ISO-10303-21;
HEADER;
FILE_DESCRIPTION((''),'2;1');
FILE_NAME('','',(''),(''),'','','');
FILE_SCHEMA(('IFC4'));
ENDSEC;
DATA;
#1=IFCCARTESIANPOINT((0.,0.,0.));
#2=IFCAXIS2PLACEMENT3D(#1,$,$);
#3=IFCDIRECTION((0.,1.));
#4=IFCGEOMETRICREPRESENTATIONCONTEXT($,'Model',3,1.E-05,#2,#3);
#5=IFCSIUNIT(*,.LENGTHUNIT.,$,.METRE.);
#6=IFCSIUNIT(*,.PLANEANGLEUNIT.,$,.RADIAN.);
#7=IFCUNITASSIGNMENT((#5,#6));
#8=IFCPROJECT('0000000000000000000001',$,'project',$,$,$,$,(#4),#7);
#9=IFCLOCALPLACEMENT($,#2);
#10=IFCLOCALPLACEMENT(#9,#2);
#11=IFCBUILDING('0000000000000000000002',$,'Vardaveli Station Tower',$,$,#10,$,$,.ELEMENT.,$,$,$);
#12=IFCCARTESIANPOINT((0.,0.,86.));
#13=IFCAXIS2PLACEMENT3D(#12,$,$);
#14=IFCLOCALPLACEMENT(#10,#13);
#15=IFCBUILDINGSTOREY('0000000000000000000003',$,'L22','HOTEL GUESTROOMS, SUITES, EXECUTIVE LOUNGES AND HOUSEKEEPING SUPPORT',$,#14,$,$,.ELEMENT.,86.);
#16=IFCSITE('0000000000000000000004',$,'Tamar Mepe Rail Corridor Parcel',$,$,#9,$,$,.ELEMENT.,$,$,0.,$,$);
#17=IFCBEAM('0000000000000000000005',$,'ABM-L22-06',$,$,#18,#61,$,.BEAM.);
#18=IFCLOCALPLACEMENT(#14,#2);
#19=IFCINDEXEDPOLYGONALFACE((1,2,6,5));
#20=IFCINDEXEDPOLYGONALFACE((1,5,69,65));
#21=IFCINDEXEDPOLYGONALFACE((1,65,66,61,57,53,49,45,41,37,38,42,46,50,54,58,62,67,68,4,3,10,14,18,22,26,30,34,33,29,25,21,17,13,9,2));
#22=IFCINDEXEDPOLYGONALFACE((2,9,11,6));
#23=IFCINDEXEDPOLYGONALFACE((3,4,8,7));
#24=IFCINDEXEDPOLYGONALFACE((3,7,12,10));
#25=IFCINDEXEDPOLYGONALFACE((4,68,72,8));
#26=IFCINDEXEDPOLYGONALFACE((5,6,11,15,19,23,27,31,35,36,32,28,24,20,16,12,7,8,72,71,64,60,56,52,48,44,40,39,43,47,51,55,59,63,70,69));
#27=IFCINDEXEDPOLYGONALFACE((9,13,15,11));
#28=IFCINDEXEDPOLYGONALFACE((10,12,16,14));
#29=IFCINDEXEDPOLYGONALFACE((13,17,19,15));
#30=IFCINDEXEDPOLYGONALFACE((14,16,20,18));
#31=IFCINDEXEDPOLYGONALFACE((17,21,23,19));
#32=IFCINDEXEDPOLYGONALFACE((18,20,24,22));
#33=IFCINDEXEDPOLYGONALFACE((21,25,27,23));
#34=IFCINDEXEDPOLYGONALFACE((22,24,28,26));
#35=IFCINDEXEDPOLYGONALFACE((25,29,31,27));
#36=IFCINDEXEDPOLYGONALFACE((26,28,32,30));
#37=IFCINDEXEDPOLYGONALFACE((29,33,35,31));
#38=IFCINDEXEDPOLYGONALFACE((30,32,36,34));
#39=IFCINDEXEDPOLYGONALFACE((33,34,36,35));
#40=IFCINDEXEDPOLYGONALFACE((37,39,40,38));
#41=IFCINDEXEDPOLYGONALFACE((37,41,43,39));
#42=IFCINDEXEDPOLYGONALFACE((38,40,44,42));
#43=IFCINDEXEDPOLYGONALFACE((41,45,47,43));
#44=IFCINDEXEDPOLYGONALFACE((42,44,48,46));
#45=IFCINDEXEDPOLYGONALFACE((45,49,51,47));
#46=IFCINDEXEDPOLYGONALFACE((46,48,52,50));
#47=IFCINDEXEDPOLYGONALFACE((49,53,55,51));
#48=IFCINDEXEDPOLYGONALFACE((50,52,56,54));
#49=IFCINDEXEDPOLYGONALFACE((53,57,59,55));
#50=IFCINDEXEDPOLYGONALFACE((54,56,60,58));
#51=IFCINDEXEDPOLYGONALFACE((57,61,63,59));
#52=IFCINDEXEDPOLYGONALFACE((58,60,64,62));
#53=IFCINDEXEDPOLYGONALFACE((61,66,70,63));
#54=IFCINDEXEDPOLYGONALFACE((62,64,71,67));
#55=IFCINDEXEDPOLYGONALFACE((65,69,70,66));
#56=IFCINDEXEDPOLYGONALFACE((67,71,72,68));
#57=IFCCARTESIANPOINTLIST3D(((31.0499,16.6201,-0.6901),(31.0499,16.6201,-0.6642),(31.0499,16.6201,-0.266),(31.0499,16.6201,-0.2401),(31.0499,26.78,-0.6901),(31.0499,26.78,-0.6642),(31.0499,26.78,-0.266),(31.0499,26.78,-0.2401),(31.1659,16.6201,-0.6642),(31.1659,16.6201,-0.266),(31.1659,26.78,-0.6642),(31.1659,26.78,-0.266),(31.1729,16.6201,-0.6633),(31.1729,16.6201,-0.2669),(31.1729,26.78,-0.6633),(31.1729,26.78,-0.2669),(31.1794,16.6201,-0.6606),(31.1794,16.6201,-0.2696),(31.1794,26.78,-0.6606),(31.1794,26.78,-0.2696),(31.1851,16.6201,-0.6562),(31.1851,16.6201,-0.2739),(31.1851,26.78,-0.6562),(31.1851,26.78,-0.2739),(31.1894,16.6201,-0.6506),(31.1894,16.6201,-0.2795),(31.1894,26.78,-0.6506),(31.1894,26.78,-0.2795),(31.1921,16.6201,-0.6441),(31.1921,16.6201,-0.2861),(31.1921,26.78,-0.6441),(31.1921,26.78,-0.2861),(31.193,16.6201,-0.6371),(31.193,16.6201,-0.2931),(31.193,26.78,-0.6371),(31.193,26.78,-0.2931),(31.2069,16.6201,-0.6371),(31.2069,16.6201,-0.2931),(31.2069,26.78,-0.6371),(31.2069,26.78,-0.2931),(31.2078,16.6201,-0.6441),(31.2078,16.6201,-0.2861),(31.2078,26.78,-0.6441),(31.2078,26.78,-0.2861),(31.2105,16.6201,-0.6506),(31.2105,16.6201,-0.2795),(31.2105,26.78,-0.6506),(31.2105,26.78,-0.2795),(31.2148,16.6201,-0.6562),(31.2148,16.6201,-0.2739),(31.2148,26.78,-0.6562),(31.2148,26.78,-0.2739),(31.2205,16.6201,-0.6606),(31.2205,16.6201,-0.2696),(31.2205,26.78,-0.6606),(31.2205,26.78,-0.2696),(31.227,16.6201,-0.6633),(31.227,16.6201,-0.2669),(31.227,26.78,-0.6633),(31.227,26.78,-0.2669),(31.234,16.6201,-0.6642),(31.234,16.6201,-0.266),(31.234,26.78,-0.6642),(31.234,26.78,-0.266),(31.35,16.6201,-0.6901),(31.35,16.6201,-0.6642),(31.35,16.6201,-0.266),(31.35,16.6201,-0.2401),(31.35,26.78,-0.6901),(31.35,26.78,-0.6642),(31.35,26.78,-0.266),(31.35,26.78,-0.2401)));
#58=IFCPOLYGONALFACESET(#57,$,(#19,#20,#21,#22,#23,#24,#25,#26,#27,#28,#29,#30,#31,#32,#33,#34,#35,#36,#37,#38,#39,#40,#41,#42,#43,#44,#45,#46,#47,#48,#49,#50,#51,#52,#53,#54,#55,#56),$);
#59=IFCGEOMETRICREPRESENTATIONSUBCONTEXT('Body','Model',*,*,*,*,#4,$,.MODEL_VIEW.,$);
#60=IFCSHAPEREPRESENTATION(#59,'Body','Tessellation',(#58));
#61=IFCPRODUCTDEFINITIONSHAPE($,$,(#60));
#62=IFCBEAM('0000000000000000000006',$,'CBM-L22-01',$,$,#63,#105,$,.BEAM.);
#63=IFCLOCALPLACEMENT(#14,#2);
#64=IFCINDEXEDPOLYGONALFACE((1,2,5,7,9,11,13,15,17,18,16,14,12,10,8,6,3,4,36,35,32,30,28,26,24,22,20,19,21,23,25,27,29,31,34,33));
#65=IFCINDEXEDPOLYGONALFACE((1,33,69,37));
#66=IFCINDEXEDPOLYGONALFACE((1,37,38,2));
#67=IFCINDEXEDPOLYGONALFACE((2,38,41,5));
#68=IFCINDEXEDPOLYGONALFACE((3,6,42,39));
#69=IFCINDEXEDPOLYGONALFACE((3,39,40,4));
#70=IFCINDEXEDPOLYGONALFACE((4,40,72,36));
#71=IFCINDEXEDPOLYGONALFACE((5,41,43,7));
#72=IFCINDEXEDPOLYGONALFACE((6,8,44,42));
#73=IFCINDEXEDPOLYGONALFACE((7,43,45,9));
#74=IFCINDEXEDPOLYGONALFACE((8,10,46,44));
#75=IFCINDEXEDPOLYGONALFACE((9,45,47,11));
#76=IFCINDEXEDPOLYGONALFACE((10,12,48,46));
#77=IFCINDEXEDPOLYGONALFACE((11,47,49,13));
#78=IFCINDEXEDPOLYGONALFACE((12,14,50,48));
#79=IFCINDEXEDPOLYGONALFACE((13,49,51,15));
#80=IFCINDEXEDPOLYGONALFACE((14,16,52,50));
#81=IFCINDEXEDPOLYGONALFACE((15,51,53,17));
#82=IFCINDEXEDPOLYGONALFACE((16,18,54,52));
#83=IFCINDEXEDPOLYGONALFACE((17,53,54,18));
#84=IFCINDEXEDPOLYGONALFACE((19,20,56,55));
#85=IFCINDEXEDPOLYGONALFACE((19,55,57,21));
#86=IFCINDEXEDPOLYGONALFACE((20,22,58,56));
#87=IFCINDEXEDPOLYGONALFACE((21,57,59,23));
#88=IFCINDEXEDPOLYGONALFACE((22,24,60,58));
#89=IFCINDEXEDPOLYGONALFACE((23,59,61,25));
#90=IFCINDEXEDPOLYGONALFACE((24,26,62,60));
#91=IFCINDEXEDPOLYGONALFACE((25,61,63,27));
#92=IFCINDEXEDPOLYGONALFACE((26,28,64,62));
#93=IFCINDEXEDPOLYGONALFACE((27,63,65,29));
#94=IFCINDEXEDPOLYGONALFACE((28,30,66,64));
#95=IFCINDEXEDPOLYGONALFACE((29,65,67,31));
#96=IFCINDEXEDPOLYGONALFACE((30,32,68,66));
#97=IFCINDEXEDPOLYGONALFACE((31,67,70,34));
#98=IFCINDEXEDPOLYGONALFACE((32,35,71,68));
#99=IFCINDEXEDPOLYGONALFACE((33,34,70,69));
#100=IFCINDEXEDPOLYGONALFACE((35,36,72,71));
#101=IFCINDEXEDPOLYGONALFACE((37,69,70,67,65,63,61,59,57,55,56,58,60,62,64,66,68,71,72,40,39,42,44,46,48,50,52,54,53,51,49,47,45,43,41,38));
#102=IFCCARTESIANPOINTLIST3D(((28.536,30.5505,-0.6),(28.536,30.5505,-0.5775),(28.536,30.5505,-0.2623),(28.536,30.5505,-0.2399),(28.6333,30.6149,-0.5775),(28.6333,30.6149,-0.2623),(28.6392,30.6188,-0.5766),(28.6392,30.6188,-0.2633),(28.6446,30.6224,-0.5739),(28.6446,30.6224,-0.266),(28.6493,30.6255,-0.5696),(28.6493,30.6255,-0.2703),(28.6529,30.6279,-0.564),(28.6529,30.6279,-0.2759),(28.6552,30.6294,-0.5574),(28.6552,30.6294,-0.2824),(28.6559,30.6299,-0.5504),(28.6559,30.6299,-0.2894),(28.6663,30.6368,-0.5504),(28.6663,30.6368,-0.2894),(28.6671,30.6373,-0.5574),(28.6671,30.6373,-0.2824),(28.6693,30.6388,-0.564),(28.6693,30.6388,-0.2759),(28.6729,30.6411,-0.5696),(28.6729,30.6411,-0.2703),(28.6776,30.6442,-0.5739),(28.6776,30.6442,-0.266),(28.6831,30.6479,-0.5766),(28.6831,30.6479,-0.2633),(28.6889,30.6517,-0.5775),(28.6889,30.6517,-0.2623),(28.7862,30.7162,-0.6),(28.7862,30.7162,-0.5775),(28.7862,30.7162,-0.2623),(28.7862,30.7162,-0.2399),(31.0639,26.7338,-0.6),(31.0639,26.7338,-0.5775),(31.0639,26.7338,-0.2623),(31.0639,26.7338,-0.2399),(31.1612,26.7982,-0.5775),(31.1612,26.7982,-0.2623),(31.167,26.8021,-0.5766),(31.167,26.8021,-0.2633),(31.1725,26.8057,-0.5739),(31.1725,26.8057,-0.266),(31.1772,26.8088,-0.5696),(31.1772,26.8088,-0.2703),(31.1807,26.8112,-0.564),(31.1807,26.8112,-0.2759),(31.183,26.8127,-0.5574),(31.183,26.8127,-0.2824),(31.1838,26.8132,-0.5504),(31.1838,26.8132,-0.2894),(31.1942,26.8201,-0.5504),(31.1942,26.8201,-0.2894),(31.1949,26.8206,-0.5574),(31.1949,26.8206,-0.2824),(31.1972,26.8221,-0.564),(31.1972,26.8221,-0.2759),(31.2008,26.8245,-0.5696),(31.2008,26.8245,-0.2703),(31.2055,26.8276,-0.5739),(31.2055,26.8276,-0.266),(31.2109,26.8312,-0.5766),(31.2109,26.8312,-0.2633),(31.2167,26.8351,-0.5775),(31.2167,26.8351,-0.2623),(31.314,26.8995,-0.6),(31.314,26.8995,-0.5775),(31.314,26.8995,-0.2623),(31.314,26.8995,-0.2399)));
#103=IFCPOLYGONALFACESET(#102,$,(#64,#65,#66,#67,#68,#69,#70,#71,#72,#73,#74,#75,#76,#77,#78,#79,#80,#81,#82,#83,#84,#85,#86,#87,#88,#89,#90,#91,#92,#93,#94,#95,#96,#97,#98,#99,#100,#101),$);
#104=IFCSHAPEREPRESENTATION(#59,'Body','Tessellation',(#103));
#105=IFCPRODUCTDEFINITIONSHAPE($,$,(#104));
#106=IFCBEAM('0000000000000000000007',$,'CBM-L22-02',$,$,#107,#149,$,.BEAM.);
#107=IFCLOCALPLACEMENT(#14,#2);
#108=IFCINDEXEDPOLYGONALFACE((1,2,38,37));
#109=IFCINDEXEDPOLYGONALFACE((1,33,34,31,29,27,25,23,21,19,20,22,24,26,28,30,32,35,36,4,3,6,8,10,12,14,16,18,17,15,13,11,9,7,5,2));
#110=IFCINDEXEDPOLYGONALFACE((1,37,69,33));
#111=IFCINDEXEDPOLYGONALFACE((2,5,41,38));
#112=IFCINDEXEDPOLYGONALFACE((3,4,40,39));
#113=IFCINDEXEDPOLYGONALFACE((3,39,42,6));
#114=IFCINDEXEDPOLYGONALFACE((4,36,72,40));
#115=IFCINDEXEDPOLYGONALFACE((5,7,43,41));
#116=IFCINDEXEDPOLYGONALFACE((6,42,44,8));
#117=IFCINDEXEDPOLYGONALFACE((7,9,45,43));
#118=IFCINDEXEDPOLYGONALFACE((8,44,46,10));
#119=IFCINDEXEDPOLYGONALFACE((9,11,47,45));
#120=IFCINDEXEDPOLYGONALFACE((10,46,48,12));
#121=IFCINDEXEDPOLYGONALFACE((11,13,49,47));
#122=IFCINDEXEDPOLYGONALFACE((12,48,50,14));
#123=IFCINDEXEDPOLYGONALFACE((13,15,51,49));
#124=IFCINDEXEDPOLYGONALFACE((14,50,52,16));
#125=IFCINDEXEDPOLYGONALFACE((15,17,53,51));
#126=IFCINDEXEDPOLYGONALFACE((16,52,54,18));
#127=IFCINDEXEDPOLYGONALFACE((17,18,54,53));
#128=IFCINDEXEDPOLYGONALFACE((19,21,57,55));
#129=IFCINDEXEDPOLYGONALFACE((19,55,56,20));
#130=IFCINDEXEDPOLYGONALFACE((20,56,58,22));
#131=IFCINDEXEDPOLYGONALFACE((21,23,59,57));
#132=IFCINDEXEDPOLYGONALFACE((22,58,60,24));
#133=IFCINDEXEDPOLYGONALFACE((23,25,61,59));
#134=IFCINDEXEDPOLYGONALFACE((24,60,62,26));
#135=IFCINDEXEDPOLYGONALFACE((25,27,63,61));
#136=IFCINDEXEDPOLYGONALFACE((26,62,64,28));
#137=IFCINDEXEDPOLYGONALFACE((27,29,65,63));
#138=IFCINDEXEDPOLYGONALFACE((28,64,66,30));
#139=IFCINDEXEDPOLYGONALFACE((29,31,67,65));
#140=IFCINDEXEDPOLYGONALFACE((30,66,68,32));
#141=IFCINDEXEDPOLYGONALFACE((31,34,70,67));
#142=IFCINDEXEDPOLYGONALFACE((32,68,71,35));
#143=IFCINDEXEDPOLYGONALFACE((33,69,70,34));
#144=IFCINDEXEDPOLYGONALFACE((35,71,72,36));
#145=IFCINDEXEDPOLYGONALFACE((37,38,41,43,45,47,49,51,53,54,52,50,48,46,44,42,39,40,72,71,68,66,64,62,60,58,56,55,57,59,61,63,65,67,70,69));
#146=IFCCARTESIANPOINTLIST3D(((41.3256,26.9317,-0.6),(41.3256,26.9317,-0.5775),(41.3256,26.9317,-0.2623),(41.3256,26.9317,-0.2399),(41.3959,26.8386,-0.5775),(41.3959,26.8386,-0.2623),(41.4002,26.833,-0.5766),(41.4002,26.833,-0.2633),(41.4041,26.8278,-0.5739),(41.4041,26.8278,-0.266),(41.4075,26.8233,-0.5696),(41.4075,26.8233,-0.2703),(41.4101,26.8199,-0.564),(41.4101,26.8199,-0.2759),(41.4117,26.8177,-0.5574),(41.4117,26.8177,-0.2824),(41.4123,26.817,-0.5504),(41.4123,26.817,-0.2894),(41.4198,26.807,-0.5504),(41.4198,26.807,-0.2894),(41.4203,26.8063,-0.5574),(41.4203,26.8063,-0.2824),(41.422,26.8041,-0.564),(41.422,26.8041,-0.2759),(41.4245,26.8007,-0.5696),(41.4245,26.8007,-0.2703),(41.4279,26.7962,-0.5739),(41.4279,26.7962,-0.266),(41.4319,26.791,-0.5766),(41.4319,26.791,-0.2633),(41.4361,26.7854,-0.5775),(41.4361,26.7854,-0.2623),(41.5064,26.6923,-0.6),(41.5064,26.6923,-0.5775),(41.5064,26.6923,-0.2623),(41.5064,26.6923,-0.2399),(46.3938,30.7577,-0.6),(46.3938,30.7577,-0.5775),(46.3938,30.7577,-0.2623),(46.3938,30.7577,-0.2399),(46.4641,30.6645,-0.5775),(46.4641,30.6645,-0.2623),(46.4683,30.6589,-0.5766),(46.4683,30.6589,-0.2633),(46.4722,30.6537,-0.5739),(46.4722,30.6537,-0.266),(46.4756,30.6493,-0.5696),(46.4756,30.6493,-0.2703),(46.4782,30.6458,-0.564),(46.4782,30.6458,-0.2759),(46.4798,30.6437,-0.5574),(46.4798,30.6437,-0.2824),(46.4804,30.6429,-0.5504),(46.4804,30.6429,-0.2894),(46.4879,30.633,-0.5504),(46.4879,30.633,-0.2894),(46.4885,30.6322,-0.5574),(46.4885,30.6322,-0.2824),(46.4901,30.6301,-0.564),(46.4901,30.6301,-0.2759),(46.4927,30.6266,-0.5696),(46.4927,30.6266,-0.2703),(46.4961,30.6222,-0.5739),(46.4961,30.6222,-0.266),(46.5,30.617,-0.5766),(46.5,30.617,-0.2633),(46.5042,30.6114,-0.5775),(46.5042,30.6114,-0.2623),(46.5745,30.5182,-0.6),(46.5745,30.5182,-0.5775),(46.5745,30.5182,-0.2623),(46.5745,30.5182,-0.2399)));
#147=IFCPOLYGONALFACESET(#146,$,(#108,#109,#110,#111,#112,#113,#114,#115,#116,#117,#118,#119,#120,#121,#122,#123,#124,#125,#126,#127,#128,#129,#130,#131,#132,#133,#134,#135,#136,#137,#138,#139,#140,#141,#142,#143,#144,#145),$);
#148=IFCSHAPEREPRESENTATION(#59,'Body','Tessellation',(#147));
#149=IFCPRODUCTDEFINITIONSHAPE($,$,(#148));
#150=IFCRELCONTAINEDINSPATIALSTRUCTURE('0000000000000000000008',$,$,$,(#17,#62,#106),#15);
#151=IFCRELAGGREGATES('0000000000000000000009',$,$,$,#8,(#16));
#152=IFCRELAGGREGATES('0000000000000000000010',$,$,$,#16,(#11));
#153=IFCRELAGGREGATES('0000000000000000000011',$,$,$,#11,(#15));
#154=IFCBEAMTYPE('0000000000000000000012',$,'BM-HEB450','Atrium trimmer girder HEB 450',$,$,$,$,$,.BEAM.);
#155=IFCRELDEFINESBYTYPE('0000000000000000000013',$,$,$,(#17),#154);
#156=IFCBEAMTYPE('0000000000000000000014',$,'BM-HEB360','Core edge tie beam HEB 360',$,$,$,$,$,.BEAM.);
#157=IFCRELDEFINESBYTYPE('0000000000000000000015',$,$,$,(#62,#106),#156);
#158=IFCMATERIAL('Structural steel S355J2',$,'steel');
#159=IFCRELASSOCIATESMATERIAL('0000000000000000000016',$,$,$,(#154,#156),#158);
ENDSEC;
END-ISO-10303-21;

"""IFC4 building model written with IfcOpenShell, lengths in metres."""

from ifc_helpers import new_model, si_unit, direction, frame, origin, origin_2d, place, context, subcontext, project, spatial, i_section, extrude, source, transform, mapped, material, material_profile, profile_set, type_object, element, save


model = new_model("IFC4")

# Units and contexts
model_context = context("Model", 3, precision=1e-05, world=origin(), true_north=direction((0.0, 1.0)))
body_context = subcontext(model_context, "Body", "Model", "MODEL_VIEW")
ifc_project = project(units=[si_unit("LENGTHUNIT", "METRE"), si_unit("PLANEANGLEUNIT", "RADIAN")], contexts=[model_context])

# Site, building, storey
site_placement = place(None, origin())
site = spatial("IfcSite", under=ifc_project, at=site_placement, Name="Tamar Mepe Rail Corridor Parcel", CompositionType="ELEMENT", RefElevation=0.0)
building_placement = place(site_placement, origin())
building = spatial("IfcBuilding", under=site, at=building_placement, Name="Vardaveli Station Tower", CompositionType="ELEMENT")
storey_placement = place(building_placement, frame((0.0, 0.0, 86.0)))
storey = spatial("IfcBuildingStorey", under=building, at=storey_placement, Name="L22", Description="HOTEL GUESTROOMS, SUITES, EXECUTIVE LOUNGES AND HOUSEKEEPING SUPPORT", CompositionType="ELEMENT", Elevation=86.0)

# Beams
ifc_material_1 = material(Name="Structural steel S355J2", Category="steel")
ifc_material_profile_1 = material_profile(ifc_material_1, i_section(OverallWidth=0.3, OverallDepth=0.45, WebThickness=0.0139, FlangeThickness=0.0259, FilletRadius=0.0271, at=origin_2d()), Name="HEB 450")
ifc_profile_set_1 = profile_set([ifc_material_profile_1], Name="Structural steel S355J2")
beam_type_1 = type_object("IfcBeamType", Name="BM-HEB450", Description="Atrium trimmer girder HEB 450", PredefinedType="BEAM", material=ifc_profile_set_1)
shared_shape_1 = source(origin(), body_context, "Body", "SweptSolid", [
    extrude(i_section(OverallWidth=0.3, OverallDepth=0.45, WebThickness=0.0139, FlangeThickness=0.0259, FilletRadius=0.0271, at=origin_2d()), origin(), (0.0, 0.0, 1.0), 10.1599),
])
for number, where, z_axis, x_axis, name in (
    (1, (31.2, 26.78, -0.4651), (0.0, -1.0, 0.0), (1.0, 0.0, 0.0), "ABM-L22-06"),
):
    element("IfcBeam", number, at=place(storey_placement, frame(where, z_axis=z_axis, x_axis=x_axis)), inside=storey, type_object=beam_type_1, Name=name, PredefinedType="BEAM", context=body_context, shape_type="MappedRepresentation", body=[
        mapped(shared_shape_1, transform((0.0, 0.0, 0.0), scale=1.0)),
    ])
ifc_material_profile_2 = material_profile(ifc_material_1, i_section(OverallWidth=0.3, OverallDepth=0.3601, WebThickness=0.0125, FlangeThickness=0.0225, FilletRadius=0.0271, at=origin_2d()), Name="HEB 360")
ifc_profile_set_2 = profile_set([ifc_material_profile_2], Name="Structural steel S355J2")
beam_type_2 = type_object("IfcBeamType", Name="BM-HEB360", Description="Core edge tie beam HEB 360", PredefinedType="BEAM", material=ifc_profile_set_2)
shared_shape_2 = source(origin(), body_context, "Body", "SweptSolid", [
    extrude(i_section(OverallWidth=0.3, OverallDepth=0.3601, WebThickness=0.0125, FlangeThickness=0.0225, FilletRadius=0.0271, at=origin_2d()), origin(), (0.0, 0.0, 1.0), 4.5779),
])
beam_1_placement = place(storey_placement, frame((31.189, 26.8167, -0.4199), z_axis=(-0.552187, 0.83372, 0.0), x_axis=(-0.83372, -0.552187, 0.0)))
element("IfcBeam", 2, at=beam_1_placement, inside=storey, type_object=beam_type_2, Name="CBM-L22-01", PredefinedType="BEAM", context=body_context, shape_type="MappedRepresentation", body=[
    mapped(shared_shape_2, transform((0.0, 0.0, 0.0), scale=1.0)),
])
shared_shape_3 = source(origin(), body_context, "Body", "SweptSolid", [
    extrude(i_section(OverallWidth=0.3, OverallDepth=0.3601, WebThickness=0.0125, FlangeThickness=0.0225, FilletRadius=0.0271, at=origin_2d()), origin(), (0.0, 0.0, 1.0), 6.3501),
])
beam_2_placement = place(storey_placement, frame((41.416, 26.812, -0.4199), z_axis=(0.798118, 0.602501, 0.0), x_axis=(-0.602501, 0.798118, 0.0)))
element("IfcBeam", 3, at=beam_2_placement, inside=storey, type_object=beam_type_2, Name="CBM-L22-02", PredefinedType="BEAM", context=body_context, shape_type="MappedRepresentation", body=[
    mapped(shared_shape_3, transform((0.0, 0.0, 0.0), scale=1.0)),
])

save(model, "model.ifc")
